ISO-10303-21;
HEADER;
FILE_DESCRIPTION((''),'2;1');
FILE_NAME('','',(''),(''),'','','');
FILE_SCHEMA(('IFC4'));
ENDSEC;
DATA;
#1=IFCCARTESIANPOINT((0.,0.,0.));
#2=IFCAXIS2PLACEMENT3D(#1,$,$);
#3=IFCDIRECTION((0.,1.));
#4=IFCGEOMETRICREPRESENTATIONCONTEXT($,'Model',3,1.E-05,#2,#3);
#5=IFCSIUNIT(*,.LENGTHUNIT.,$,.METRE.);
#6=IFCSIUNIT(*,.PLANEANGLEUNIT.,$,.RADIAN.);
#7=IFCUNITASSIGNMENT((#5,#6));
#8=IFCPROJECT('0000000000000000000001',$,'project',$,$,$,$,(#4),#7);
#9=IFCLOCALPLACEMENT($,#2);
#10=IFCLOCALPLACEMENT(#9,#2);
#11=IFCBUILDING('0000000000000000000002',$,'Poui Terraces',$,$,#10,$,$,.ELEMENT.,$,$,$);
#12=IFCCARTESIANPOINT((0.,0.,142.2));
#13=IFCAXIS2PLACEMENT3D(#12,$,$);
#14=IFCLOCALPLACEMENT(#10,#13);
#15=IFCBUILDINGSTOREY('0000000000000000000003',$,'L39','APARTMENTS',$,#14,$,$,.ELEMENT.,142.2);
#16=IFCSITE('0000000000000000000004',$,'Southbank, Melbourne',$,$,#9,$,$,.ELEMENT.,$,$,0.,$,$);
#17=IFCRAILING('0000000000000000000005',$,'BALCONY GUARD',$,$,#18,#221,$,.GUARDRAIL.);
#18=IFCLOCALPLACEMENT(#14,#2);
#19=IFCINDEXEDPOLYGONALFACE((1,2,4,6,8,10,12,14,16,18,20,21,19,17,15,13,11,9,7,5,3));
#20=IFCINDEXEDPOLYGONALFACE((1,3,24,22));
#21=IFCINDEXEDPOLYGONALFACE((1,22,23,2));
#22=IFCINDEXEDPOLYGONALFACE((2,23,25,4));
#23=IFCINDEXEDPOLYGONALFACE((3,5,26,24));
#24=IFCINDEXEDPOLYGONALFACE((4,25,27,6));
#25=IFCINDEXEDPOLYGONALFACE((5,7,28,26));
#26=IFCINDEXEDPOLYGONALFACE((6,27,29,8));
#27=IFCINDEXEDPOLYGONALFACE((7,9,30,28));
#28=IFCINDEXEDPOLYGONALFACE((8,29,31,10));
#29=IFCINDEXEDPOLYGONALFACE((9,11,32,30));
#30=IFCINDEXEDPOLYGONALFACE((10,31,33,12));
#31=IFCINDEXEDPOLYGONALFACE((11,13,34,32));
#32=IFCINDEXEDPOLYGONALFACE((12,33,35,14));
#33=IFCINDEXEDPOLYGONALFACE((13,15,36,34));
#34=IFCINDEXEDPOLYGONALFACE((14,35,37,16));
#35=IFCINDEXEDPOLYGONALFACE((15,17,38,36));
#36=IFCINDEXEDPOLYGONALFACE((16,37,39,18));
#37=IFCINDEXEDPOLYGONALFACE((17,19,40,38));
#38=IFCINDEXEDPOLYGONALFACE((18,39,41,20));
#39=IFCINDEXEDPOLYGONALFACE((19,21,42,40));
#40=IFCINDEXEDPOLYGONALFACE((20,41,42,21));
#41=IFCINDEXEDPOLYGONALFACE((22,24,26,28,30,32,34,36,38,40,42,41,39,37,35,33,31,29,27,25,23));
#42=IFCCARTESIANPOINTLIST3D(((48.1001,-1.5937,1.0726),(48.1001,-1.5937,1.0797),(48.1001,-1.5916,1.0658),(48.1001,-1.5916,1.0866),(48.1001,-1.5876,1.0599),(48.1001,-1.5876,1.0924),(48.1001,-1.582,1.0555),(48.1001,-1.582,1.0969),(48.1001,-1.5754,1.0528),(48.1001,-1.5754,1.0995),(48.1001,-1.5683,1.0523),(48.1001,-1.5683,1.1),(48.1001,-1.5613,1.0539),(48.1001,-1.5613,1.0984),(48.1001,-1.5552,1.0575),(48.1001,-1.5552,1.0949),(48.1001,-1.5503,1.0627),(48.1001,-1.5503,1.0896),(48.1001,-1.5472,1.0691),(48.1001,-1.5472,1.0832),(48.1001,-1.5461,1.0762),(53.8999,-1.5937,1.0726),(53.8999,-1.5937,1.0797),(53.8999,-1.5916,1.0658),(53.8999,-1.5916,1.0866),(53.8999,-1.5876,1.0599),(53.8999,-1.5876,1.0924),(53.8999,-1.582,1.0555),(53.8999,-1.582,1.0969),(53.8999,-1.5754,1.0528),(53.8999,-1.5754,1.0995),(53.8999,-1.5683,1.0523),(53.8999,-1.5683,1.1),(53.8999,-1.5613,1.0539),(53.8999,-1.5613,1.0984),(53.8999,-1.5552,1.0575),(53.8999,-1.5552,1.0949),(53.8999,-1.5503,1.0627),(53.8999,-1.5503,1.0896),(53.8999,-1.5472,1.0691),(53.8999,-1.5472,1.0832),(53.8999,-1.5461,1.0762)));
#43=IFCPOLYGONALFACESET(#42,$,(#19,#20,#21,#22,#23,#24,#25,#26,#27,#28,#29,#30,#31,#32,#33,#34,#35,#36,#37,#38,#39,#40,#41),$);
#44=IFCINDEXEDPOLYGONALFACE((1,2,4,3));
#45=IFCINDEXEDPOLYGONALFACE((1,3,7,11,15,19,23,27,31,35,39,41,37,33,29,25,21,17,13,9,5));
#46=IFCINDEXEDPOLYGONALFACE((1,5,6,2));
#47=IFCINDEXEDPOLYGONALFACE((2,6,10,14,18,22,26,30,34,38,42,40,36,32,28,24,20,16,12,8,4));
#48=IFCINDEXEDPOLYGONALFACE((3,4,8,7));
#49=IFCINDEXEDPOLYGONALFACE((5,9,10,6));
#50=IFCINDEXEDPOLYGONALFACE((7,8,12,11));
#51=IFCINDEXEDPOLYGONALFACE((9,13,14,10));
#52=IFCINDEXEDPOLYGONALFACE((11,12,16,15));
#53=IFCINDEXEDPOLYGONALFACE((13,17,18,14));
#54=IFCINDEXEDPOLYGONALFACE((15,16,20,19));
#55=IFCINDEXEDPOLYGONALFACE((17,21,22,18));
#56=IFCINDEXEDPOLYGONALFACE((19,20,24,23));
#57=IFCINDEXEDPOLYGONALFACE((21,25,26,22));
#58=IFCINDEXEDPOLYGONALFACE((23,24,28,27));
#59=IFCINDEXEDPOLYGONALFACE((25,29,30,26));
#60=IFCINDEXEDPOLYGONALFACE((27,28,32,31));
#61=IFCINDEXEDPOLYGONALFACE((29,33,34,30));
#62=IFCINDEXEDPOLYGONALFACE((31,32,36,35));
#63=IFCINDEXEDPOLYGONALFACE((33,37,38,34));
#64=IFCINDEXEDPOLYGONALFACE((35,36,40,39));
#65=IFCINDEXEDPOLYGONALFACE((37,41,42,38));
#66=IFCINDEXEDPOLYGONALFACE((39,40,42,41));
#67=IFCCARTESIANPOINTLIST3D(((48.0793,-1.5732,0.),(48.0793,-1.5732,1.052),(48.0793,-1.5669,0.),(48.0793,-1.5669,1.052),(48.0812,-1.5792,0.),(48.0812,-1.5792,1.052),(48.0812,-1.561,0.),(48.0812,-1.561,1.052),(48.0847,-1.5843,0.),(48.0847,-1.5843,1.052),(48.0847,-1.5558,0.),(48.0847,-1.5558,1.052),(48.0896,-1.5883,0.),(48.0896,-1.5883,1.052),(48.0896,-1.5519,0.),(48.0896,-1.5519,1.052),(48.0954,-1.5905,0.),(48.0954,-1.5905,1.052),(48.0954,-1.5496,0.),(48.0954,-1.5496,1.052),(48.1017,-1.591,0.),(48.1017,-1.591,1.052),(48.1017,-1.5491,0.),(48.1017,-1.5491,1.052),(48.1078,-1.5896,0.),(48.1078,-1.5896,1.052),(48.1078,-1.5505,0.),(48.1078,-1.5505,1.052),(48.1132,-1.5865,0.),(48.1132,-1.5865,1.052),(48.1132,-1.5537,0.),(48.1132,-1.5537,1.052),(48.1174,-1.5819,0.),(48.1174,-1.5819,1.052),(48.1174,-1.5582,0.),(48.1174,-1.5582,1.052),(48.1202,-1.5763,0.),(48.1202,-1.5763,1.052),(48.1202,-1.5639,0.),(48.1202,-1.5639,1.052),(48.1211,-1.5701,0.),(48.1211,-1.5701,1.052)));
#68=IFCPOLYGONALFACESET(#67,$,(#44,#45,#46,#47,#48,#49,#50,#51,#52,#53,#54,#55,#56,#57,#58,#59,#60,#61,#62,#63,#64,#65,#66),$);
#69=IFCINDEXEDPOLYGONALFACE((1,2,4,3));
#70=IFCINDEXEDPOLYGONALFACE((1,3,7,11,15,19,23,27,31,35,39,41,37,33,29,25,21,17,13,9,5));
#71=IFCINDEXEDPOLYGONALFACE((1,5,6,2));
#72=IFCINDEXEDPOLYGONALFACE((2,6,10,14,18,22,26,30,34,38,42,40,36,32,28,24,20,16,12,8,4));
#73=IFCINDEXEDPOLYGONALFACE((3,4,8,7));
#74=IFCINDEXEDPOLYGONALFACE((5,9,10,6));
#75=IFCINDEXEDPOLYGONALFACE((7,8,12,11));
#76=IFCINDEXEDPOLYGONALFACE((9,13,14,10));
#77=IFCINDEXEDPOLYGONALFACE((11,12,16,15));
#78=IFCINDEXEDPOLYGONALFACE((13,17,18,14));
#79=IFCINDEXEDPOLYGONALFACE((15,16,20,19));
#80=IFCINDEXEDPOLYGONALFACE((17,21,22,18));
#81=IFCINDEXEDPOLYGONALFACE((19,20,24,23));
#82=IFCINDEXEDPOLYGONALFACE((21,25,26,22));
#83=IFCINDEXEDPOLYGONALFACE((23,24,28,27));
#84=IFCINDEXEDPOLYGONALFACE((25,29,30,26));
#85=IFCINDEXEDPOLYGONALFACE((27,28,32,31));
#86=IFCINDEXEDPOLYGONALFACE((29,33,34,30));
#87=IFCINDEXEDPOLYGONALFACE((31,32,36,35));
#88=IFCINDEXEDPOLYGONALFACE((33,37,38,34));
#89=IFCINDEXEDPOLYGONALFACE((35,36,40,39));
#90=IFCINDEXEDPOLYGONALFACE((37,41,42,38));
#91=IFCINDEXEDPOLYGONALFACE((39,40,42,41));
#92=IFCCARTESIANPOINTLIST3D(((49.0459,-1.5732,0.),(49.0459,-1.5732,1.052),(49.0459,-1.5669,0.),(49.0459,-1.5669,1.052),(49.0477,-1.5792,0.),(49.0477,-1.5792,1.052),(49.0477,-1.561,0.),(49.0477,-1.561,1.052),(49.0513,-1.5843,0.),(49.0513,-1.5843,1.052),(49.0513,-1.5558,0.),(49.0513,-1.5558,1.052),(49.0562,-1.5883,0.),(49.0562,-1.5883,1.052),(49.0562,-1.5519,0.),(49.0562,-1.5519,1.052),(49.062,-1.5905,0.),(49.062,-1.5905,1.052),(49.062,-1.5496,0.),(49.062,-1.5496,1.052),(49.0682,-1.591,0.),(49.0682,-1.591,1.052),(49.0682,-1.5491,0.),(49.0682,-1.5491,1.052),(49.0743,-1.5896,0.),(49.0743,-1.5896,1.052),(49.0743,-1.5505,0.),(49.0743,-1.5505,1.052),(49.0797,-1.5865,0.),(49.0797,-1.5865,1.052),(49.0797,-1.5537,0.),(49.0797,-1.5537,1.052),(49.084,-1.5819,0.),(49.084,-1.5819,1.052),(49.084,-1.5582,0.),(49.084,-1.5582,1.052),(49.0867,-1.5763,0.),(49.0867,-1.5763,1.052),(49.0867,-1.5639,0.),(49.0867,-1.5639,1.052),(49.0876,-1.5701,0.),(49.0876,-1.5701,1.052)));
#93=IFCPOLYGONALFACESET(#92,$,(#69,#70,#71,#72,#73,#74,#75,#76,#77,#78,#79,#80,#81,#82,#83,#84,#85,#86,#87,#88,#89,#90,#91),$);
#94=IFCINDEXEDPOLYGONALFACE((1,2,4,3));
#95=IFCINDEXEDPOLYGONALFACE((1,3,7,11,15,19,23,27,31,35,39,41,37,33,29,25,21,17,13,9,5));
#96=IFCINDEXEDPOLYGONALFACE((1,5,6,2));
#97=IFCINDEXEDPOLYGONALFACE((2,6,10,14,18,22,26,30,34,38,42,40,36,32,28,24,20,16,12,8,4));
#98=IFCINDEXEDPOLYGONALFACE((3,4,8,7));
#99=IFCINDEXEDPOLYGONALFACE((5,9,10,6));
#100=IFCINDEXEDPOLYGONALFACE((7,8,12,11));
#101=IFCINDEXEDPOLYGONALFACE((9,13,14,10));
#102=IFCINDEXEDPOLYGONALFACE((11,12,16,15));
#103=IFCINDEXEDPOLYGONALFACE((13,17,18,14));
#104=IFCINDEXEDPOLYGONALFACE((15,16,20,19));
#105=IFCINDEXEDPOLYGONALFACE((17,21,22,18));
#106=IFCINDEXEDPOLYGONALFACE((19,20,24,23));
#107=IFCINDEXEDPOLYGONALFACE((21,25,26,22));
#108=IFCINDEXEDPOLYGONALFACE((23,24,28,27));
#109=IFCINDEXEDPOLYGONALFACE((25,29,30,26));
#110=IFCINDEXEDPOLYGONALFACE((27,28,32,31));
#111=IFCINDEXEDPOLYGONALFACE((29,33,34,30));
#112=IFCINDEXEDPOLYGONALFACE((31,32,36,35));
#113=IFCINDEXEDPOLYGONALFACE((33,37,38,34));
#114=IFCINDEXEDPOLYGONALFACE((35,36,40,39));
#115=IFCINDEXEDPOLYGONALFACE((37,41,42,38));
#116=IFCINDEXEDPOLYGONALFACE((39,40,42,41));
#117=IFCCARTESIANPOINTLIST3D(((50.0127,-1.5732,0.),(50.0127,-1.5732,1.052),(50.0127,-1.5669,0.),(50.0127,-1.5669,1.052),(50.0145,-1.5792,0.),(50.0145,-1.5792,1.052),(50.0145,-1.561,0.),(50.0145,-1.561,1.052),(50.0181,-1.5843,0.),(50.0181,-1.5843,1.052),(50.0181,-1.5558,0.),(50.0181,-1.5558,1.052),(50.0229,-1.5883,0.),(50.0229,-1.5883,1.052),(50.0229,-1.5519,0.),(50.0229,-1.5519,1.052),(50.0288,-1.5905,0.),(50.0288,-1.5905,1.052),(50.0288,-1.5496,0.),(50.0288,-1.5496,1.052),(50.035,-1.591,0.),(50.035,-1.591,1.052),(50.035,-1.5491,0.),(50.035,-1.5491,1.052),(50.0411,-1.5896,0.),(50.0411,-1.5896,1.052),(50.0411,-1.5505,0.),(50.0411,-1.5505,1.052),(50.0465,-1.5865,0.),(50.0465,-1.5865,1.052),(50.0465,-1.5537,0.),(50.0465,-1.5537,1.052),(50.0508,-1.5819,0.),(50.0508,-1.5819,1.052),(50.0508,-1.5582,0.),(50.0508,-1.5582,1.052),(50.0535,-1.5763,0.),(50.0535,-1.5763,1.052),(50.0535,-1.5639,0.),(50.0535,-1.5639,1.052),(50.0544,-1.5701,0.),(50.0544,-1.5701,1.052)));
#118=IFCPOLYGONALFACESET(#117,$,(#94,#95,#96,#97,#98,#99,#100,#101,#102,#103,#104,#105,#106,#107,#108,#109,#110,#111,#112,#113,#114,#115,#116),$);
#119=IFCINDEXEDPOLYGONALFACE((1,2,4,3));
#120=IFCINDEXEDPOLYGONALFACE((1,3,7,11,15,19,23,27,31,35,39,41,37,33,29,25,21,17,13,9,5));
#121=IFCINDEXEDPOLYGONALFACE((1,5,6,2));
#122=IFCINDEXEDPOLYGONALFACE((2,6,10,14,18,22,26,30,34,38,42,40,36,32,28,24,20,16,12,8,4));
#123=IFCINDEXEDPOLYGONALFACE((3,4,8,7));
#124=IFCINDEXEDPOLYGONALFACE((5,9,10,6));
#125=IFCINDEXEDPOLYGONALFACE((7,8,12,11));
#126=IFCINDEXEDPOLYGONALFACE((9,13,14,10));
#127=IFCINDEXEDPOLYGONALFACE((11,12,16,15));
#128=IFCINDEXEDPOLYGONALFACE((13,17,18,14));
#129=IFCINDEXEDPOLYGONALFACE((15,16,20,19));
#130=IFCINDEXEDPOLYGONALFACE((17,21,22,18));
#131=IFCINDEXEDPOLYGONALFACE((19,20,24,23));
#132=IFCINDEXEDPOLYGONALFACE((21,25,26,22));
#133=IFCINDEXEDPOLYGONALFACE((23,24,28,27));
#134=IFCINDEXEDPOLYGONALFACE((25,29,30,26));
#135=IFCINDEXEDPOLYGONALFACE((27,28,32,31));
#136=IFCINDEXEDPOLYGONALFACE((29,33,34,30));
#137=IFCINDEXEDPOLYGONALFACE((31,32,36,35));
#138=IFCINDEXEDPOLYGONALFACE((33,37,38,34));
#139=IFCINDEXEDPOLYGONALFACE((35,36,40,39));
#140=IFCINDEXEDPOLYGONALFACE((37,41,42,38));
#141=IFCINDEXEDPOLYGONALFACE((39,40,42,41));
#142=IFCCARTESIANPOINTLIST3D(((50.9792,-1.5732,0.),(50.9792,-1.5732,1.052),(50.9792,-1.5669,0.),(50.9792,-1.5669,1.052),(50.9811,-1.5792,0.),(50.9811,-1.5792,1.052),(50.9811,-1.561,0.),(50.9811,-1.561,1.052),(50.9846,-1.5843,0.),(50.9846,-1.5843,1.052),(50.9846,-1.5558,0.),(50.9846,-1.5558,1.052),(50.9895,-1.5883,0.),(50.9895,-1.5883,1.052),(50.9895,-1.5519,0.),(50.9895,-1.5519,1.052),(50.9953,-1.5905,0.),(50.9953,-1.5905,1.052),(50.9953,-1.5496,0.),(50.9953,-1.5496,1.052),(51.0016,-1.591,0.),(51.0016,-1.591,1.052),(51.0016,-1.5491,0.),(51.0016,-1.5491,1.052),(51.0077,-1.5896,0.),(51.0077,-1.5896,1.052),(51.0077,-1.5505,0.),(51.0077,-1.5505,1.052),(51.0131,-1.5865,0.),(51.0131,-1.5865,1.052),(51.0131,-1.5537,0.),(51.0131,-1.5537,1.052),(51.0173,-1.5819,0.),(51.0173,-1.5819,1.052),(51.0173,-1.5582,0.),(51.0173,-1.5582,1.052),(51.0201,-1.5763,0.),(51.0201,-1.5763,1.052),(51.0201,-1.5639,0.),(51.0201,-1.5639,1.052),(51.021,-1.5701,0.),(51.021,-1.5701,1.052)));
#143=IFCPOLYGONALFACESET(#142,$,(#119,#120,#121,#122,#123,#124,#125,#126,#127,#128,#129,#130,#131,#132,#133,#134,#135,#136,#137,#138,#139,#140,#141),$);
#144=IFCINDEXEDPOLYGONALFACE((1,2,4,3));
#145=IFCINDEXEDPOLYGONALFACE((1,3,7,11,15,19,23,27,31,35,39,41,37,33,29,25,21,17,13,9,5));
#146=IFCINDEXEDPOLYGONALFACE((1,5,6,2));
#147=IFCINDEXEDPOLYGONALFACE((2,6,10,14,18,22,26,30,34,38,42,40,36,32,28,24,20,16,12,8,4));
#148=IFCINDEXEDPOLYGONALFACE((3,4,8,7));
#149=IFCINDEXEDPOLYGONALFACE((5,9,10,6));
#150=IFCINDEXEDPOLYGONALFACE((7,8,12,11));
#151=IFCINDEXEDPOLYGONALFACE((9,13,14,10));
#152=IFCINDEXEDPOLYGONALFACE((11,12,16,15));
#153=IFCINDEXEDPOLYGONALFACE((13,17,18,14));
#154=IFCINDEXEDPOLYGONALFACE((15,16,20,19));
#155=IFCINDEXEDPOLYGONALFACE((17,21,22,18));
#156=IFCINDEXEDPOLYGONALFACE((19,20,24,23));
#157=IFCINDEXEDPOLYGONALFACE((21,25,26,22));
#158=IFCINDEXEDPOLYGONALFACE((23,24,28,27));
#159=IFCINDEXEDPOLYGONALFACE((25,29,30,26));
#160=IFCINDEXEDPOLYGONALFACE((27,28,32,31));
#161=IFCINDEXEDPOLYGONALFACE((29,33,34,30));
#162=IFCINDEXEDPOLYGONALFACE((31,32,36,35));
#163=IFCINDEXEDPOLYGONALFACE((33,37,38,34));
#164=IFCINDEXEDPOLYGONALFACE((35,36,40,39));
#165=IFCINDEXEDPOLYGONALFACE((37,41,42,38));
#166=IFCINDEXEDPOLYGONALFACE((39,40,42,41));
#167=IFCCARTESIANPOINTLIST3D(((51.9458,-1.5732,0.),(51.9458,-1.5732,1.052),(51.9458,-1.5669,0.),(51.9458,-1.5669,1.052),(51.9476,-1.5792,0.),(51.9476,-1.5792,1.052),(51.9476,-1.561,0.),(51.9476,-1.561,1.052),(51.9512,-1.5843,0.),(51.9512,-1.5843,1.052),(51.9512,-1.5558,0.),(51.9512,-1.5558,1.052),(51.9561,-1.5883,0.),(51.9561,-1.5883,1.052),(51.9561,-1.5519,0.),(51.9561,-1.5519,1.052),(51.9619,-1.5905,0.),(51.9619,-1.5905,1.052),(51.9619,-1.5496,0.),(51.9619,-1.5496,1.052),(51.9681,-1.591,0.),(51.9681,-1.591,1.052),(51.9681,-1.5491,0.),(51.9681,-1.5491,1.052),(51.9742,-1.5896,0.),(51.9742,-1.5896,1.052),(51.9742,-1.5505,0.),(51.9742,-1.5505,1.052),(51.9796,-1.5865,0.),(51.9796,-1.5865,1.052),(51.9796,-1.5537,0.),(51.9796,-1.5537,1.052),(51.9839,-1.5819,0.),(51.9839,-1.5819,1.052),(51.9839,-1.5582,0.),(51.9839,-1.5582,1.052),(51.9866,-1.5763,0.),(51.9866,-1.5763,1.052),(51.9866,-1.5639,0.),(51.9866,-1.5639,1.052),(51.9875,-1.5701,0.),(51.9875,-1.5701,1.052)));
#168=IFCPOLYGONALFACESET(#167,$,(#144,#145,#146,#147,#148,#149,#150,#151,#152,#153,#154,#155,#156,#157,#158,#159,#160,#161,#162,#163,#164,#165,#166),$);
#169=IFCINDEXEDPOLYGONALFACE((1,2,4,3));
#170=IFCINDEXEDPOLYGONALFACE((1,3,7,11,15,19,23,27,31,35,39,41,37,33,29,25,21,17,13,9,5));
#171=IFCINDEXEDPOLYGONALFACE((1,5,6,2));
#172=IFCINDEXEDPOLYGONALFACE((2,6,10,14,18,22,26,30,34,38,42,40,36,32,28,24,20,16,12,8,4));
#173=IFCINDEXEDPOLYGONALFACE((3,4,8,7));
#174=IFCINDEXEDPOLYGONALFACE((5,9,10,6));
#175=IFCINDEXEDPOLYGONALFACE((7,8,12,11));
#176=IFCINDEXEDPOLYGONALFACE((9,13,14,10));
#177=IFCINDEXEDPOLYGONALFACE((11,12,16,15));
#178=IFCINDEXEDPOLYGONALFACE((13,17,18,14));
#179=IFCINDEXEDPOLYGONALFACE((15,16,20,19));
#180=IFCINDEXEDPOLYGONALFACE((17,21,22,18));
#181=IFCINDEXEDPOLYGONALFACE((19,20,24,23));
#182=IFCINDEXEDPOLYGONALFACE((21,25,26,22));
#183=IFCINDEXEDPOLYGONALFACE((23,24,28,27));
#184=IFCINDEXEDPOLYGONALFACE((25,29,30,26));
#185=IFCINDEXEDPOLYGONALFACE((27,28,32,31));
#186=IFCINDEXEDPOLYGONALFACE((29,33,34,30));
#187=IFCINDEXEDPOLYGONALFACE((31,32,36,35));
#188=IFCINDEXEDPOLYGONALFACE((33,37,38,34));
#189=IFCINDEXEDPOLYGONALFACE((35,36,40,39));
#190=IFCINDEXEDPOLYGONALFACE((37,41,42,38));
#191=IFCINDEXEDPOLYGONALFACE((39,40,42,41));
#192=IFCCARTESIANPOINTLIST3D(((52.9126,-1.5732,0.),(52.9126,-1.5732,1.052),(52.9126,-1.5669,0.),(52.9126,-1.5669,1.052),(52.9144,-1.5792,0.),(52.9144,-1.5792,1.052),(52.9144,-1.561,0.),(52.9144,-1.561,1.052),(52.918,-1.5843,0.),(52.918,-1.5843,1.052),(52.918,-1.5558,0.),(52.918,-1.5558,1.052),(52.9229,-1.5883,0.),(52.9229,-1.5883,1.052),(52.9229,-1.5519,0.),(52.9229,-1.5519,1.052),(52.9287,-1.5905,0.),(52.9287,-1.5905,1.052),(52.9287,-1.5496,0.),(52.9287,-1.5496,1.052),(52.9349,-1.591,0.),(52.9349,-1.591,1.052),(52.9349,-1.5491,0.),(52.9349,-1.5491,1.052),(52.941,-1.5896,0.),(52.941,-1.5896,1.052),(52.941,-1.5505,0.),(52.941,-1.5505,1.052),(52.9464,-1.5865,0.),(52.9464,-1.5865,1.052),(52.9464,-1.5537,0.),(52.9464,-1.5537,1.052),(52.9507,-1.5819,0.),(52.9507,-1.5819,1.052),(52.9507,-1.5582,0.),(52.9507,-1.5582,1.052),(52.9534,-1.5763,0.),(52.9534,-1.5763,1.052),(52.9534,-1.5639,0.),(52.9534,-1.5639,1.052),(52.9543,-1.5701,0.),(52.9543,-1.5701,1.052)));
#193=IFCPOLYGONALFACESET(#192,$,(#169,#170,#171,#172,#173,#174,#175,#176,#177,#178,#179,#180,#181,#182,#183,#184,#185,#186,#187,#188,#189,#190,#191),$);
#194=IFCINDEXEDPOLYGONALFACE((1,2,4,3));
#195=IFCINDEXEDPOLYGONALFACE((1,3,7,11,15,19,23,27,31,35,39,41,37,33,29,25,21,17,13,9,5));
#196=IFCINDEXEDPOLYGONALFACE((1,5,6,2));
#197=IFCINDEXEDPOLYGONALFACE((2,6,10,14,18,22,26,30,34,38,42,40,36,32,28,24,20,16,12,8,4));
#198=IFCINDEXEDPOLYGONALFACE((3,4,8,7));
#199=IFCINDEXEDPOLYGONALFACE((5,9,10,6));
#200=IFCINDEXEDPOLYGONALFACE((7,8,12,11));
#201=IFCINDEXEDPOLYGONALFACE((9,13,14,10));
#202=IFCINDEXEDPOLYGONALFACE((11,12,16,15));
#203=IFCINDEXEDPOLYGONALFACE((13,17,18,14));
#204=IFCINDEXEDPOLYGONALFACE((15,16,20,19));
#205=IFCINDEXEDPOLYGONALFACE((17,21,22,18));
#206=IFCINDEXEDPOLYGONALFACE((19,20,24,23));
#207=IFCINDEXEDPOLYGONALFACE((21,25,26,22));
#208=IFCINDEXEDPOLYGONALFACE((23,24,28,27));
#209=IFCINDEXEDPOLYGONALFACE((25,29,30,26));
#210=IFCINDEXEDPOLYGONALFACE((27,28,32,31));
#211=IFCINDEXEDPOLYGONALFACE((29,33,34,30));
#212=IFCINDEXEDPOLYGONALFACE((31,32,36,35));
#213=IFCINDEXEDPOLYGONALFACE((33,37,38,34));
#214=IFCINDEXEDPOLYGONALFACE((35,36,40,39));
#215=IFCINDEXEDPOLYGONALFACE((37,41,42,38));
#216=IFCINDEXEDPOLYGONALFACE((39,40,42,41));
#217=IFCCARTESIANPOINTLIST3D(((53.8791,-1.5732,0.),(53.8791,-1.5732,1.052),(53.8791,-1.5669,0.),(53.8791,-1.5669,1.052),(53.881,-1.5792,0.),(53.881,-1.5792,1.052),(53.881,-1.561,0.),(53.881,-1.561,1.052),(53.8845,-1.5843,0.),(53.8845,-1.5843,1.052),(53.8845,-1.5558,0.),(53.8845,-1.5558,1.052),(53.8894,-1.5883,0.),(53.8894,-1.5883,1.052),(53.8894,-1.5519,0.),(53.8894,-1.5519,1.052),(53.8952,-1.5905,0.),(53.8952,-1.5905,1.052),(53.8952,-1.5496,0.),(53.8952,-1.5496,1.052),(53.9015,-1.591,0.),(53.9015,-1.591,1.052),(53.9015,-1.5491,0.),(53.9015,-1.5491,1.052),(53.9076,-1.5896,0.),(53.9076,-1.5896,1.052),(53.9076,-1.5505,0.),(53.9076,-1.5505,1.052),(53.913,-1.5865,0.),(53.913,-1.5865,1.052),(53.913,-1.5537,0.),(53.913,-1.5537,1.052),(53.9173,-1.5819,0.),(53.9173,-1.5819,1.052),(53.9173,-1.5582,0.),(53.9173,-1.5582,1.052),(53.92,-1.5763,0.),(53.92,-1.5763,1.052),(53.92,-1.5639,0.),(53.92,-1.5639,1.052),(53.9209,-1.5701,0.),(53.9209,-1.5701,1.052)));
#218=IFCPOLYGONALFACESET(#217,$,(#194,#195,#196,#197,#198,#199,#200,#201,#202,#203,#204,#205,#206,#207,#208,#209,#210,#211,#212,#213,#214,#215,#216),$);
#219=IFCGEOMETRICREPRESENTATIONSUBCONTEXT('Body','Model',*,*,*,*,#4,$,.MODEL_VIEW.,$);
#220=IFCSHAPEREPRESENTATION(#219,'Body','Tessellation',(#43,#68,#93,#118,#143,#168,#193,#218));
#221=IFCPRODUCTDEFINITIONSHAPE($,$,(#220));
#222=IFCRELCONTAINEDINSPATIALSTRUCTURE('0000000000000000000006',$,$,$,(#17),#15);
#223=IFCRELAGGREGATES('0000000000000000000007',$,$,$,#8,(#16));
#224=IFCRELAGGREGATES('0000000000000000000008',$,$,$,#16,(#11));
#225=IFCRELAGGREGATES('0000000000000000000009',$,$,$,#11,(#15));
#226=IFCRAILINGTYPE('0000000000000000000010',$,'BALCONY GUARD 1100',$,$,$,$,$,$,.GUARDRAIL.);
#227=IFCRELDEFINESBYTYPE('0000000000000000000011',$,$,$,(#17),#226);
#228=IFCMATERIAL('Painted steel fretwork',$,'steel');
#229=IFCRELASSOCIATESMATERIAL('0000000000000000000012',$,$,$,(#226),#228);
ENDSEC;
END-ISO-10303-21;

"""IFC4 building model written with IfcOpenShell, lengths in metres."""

from ifc_helpers import new_model, si_unit, direction, frame, origin, origin_2d, place, context, subcontext, project, spatial, circle, extrude, material, type_object, element, save


model = new_model("IFC4")

# Units and contexts
model_context = context("Model", 3, precision=1e-05, world=origin(), true_north=direction((0.0, 1.0)))
body_context = subcontext(model_context, "Body", "Model", "MODEL_VIEW")
ifc_project = project(units=[si_unit("LENGTHUNIT", "METRE"), si_unit("PLANEANGLEUNIT", "RADIAN")], contexts=[model_context])

# Site, building, storey
site_placement = place(None, origin())
site = spatial("IfcSite", under=ifc_project, at=site_placement, Name="Southbank, Melbourne", CompositionType="ELEMENT", RefElevation=0.0)
building_placement = place(site_placement, origin())
building = spatial("IfcBuilding", under=site, at=building_placement, Name="Poui Terraces", CompositionType="ELEMENT")
storey_placement = place(building_placement, frame((0.0, 0.0, 142.2)))
storey = spatial("IfcBuildingStorey", under=building, at=storey_placement, Name="L39", Description="APARTMENTS", CompositionType="ELEMENT", Elevation=142.2)

# Railing
ifc_material_1 = material(Name="Painted steel fretwork", Category="steel")
railing_type = type_object("IfcRailingType", Name="BALCONY GUARD 1100", PredefinedType="GUARDRAIL", material=ifc_material_1)
railing_placement = place(storey_placement, frame((48.1001, -1.5701, 0.0)))
element("IfcRailing", 1, at=railing_placement, inside=storey, type_object=railing_type, Name="BALCONY GUARD", PredefinedType="GUARDRAIL", context=body_context, shape_type="SweptSolid", body=[
    extrude(circle(Radius=0.0239, at=origin_2d()), frame((0.0, 0.0, 1.0762), z_axis=(1.0, 0.0, 0.0), x_axis=(0.0, 1.0, 0.0)), (0.0, 0.0, 1.0), 5.7998),
    extrude(circle(Radius=0.021, at=origin_2d()), origin(), (0.0, 0.0, 1.0), 1.052),
    extrude(circle(Radius=0.021, at=origin_2d()), frame((0.9666, 0.0, 0.0)), (0.0, 0.0, 1.0), 1.052),
    extrude(circle(Radius=0.021, at=origin_2d()), frame((1.9333, 0.0, 0.0)), (0.0, 0.0, 1.0), 1.052),
    extrude(circle(Radius=0.021, at=origin_2d()), frame((2.8999, 0.0, 0.0)), (0.0, 0.0, 1.0), 1.052),
    extrude(circle(Radius=0.021, at=origin_2d()), frame((3.8665, 0.0, 0.0)), (0.0, 0.0, 1.0), 1.052),
    extrude(circle(Radius=0.021, at=origin_2d()), frame((4.8333, 0.0, 0.0)), (0.0, 0.0, 1.0), 1.052),
    extrude(circle(Radius=0.021, at=origin_2d()), frame((5.7998, 0.0, 0.0)), (0.0, 0.0, 1.0), 1.052),
])

save(model, "model.ifc")
